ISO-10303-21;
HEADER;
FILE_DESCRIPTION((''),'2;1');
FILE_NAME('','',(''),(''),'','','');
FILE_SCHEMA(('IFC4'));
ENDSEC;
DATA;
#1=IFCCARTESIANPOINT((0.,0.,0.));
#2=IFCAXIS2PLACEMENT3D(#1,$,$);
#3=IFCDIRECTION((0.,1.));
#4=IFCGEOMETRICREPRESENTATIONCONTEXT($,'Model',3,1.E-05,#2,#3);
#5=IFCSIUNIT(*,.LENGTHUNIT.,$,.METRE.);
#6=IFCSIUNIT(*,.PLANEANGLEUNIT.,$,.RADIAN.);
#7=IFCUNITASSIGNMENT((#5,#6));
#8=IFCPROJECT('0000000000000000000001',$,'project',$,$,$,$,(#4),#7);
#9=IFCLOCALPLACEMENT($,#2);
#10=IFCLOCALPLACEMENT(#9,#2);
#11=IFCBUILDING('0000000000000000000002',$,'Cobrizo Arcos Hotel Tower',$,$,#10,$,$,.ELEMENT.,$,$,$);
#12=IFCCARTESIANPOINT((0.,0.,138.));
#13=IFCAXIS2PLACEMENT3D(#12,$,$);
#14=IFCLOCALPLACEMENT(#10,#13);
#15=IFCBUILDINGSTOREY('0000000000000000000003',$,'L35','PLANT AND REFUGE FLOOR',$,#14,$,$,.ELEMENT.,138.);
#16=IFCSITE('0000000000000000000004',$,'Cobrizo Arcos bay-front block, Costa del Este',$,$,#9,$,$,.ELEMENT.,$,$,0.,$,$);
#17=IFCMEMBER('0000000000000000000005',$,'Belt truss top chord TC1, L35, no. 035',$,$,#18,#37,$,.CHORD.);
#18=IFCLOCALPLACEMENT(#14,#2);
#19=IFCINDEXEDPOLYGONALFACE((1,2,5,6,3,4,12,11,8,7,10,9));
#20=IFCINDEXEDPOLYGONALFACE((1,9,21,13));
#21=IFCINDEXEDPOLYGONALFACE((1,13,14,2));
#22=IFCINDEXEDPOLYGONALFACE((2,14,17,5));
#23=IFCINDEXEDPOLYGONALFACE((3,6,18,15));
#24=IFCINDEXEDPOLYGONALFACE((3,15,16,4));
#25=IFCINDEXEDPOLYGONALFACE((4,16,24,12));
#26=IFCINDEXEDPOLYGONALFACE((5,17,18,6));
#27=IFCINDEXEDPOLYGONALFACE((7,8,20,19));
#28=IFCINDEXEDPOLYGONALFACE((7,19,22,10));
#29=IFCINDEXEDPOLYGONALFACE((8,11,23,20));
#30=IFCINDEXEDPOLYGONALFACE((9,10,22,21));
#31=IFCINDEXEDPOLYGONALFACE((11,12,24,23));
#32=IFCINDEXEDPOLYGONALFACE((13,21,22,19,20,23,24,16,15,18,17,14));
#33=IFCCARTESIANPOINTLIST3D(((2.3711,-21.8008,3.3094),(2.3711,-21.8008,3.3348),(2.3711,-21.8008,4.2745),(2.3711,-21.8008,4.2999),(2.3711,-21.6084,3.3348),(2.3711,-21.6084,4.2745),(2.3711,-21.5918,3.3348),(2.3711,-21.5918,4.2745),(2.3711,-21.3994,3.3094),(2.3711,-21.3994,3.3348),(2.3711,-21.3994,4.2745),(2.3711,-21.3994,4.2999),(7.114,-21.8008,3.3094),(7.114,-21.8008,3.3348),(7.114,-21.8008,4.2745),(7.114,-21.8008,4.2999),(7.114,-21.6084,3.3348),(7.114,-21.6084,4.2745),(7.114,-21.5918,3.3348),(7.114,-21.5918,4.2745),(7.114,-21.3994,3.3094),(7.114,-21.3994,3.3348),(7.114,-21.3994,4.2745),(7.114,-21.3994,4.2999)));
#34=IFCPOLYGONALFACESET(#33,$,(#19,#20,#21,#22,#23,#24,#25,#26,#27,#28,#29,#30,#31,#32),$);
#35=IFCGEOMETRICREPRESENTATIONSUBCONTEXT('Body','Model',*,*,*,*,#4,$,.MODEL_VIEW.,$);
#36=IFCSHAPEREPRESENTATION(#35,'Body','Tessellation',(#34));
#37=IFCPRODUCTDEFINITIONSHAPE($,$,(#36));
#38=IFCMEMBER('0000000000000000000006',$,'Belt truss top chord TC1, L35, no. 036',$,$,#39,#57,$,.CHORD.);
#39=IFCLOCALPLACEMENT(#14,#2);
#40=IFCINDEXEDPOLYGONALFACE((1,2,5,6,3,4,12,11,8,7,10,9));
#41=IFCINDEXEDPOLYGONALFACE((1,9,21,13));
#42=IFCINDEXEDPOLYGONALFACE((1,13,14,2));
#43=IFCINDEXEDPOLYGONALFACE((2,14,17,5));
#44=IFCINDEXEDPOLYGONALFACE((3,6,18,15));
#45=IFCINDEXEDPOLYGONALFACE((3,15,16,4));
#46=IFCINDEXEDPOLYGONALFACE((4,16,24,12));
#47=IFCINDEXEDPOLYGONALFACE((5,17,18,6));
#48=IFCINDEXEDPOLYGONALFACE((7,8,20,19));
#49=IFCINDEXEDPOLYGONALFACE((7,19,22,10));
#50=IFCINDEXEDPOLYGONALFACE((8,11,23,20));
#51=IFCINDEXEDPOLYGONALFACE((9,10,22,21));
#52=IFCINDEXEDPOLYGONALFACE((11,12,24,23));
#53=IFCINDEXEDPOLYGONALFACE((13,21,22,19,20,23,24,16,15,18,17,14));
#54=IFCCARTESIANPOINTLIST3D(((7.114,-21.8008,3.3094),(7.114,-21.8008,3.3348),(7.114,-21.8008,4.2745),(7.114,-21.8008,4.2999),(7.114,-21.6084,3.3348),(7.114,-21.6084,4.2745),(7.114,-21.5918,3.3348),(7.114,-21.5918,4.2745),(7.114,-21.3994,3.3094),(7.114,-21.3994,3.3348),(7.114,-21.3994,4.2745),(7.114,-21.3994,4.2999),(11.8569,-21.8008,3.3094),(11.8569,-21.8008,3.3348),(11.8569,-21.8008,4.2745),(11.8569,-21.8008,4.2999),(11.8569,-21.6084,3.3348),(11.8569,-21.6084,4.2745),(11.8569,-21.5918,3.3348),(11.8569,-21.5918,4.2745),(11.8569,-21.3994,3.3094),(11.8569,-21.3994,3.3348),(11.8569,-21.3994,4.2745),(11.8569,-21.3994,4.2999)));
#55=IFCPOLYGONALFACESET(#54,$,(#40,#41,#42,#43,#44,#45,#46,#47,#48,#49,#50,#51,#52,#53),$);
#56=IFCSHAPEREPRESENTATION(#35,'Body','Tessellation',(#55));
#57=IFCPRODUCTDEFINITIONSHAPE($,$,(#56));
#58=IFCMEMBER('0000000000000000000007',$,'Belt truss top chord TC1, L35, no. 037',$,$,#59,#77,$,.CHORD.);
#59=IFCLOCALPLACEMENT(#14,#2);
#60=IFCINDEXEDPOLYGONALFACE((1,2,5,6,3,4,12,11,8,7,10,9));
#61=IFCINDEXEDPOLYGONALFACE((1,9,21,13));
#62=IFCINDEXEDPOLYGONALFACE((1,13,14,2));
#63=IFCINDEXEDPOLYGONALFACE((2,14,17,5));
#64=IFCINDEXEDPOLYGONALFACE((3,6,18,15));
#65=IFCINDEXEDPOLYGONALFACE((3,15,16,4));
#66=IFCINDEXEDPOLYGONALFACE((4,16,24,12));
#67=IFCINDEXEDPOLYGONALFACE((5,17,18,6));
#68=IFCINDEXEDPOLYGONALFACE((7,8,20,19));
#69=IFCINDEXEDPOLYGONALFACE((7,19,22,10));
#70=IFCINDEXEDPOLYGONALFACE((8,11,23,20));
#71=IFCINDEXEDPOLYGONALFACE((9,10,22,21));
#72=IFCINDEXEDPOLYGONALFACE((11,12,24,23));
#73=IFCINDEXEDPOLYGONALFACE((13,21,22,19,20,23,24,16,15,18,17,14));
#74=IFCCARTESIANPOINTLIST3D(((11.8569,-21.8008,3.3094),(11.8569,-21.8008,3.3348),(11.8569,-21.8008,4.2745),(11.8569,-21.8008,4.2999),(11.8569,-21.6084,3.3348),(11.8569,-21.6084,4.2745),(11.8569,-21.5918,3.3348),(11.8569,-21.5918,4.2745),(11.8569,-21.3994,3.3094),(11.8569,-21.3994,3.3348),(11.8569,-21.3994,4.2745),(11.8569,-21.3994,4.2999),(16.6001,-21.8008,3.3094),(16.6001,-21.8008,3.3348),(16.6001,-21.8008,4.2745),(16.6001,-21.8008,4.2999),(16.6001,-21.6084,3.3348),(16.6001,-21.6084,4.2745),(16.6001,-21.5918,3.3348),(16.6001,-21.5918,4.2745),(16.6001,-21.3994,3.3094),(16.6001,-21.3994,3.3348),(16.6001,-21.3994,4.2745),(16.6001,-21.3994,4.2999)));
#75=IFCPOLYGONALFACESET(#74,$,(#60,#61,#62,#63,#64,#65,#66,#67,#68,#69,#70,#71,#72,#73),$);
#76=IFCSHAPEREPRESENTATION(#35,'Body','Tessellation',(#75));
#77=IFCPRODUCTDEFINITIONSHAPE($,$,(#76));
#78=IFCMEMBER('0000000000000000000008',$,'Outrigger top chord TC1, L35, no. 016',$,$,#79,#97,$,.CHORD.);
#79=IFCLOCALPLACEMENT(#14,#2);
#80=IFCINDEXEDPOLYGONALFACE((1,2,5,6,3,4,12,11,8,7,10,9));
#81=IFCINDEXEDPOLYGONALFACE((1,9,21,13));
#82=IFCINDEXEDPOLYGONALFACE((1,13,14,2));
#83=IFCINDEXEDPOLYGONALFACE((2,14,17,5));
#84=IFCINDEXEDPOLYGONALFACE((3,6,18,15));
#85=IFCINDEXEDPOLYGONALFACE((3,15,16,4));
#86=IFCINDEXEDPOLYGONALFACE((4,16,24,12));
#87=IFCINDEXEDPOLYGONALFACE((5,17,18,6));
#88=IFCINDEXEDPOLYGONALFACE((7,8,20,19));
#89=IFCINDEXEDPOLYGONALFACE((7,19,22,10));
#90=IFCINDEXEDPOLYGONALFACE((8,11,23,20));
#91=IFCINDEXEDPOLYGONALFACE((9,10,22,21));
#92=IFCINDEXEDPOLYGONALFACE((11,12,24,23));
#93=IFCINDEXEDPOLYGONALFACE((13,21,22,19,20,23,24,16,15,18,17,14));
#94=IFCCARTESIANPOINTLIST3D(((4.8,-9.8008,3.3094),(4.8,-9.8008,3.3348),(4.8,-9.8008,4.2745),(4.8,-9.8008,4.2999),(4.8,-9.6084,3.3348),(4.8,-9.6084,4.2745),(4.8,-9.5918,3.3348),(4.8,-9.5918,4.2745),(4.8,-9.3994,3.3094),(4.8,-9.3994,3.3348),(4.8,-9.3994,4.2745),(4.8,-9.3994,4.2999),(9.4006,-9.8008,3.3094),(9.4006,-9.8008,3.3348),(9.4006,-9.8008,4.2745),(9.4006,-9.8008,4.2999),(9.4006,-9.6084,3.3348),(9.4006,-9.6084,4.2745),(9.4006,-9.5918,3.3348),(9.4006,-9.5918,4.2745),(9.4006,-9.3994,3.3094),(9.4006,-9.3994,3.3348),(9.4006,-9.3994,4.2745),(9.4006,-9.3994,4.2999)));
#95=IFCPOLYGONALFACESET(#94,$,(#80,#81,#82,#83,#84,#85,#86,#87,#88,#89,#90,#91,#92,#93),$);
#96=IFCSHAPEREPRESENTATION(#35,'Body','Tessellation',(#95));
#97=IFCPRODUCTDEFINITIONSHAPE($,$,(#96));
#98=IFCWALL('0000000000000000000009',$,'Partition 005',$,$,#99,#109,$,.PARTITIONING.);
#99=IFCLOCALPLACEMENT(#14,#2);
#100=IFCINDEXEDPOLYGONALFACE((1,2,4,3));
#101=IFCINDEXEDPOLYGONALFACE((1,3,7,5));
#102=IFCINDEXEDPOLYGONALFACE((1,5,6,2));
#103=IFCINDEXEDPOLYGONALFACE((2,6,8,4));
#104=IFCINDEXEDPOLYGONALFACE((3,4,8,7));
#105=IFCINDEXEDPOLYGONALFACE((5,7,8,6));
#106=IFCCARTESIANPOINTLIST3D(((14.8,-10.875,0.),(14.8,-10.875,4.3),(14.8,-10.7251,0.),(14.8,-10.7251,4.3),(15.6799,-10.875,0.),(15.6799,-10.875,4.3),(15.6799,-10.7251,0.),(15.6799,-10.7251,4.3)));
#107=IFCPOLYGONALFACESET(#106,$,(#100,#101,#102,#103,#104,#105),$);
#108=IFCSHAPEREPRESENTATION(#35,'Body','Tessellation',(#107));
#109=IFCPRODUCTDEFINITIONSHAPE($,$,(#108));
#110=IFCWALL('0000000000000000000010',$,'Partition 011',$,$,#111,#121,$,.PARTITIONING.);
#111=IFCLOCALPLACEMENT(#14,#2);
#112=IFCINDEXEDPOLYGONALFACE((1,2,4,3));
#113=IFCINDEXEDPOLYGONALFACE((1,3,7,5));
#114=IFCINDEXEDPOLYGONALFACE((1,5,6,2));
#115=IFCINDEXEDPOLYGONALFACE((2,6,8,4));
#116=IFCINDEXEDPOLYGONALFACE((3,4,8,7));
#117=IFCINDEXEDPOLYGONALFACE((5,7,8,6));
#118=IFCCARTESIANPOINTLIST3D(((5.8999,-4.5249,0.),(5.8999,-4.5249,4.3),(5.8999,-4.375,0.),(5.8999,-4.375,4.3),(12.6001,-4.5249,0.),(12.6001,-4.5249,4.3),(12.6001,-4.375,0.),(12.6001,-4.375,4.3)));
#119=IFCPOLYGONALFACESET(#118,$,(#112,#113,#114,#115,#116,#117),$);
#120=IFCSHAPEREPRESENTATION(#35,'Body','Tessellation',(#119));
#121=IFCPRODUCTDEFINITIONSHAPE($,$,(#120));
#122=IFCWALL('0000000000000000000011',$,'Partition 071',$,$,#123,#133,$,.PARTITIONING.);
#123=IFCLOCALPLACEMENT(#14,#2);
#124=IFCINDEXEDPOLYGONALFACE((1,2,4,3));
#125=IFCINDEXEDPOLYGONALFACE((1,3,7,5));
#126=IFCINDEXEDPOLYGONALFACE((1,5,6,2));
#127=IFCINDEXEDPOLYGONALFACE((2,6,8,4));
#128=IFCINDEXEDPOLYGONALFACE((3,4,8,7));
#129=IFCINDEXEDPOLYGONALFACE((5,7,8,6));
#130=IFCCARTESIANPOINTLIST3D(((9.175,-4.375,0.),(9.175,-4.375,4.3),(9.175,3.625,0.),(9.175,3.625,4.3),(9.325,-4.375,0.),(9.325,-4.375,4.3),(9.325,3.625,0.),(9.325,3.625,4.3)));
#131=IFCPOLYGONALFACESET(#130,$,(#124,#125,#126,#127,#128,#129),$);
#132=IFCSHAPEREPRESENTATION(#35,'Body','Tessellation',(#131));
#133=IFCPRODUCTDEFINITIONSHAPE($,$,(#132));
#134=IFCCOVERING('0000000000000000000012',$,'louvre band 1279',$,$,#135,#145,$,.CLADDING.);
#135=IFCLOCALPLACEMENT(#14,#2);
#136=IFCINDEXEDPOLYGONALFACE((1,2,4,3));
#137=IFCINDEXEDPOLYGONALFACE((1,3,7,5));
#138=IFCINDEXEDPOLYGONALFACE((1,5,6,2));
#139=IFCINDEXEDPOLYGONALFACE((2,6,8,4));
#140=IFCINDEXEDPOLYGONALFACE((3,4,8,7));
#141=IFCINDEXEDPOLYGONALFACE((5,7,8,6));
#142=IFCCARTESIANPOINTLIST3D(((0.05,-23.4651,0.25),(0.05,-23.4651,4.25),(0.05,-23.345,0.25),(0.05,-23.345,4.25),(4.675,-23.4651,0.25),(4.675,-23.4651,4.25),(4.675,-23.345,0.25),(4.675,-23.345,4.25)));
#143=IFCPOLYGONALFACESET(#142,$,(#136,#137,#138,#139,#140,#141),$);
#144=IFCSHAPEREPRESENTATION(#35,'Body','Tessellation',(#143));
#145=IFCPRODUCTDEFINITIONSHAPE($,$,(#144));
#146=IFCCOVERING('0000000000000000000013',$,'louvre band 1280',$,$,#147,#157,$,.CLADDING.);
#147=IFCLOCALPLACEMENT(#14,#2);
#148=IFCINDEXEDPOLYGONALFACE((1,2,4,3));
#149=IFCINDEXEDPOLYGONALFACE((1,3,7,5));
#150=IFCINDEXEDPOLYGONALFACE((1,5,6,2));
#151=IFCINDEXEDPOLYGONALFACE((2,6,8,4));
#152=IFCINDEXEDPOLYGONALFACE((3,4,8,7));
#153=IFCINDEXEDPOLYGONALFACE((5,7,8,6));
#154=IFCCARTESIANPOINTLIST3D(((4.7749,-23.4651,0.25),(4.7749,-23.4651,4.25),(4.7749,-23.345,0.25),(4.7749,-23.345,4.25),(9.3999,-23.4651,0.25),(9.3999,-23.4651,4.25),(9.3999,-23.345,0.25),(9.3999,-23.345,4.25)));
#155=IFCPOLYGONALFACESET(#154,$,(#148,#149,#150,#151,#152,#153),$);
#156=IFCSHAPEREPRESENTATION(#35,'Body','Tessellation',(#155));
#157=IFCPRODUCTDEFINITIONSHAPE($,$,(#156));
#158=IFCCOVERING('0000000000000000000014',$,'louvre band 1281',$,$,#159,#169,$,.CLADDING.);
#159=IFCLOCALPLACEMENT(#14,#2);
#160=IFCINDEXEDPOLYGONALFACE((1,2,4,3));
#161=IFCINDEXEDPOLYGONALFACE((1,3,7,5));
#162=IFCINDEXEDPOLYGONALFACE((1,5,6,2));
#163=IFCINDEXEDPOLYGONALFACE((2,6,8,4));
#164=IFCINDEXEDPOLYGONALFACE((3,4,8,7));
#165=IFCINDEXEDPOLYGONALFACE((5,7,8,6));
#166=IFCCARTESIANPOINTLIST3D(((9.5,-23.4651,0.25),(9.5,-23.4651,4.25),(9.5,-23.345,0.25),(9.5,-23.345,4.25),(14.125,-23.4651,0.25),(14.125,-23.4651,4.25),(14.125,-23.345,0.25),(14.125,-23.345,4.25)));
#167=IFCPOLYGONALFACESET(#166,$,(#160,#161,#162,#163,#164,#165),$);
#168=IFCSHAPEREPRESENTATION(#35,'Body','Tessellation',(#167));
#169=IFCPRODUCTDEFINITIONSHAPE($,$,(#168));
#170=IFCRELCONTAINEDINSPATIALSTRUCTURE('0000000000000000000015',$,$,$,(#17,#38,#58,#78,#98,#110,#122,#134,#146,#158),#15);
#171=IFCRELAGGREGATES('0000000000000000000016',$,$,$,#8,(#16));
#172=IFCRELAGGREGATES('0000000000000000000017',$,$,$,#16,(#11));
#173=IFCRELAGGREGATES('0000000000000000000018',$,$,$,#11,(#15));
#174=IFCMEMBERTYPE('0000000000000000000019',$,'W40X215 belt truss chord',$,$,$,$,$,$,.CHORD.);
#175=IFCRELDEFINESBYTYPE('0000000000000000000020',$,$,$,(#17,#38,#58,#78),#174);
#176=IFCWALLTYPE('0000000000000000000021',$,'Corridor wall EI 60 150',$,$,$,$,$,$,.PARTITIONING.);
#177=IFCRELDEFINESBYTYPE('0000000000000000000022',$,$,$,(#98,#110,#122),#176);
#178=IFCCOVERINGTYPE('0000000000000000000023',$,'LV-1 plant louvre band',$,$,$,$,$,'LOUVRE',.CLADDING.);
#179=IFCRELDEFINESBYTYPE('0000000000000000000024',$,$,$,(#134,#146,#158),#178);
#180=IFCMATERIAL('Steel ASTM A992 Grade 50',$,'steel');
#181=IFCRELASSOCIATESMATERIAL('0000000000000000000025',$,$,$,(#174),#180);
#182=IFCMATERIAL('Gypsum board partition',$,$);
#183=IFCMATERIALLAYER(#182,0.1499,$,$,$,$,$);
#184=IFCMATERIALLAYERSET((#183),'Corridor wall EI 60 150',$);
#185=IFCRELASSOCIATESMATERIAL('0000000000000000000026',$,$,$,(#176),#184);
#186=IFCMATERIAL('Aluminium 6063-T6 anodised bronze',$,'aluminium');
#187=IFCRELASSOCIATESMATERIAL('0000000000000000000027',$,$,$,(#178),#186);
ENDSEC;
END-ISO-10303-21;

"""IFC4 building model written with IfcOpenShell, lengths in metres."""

from ifc_helpers import new_model, si_unit, direction, frame, frame_2d, origin, origin_2d, place, context, subcontext, project, spatial, rectangle, i_section, extrude, material, layer, layer_set, material_profile, profile_set, type_object, element, save


model = new_model("IFC4")

# Units and contexts
model_context = context("Model", 3, precision=1e-05, world=origin(), true_north=direction((0.0, 1.0)))
body_context = subcontext(model_context, "Body", "Model", "MODEL_VIEW")
ifc_project = project(units=[si_unit("LENGTHUNIT", "METRE"), si_unit("PLANEANGLEUNIT", "RADIAN")], contexts=[model_context])

# Site, building, storey
site_placement = place(None, origin())
site = spatial("IfcSite", under=ifc_project, at=site_placement, Name="Cobrizo Arcos bay-front block, Costa del Este", CompositionType="ELEMENT", RefElevation=0.0)
building_placement = place(site_placement, origin())
building = spatial("IfcBuilding", under=site, at=building_placement, Name="Cobrizo Arcos Hotel Tower", CompositionType="ELEMENT")
storey_placement = place(building_placement, frame((0.0, 0.0, 138.0)))
storey = spatial("IfcBuildingStorey", under=building, at=storey_placement, Name="L35", Description="PLANT AND REFUGE FLOOR", CompositionType="ELEMENT", Elevation=138.0)

# Shared definitions
ifc_material_1 = material(Name="Aluminium 6063-T6 anodised bronze", Category="aluminium")

# Members
ifc_material_2 = material(Name="Steel ASTM A992 Grade 50", Category="steel")
ifc_material_profile_1 = material_profile(ifc_material_2, i_section(OverallWidth=0.4014, OverallDepth=0.9905, WebThickness=0.0166, FlangeThickness=0.0254, at=origin_2d()), Name="W40X215")
ifc_profile_set_1 = profile_set([ifc_material_profile_1], Name="Steel ASTM A992 Grade 50")
member_type_1 = type_object("IfcMemberType", Name="W40X215 belt truss chord", PredefinedType="CHORD", material=ifc_profile_set_1)
for number, where, z_axis, x_axis, name in (
    (1, (2.3711, -21.6001, 3.8047), (1.0, 0.0, 0.0), (0.0, 1.0, 0.0), "Belt truss top chord TC1, L35, no. 035"),
    (2, (7.114, -21.6001, 3.8047), (1.0, 0.0, 0.0), (0.0, 1.0, 0.0), "Belt truss top chord TC1, L35, no. 036"),
):
    element("IfcMember", number, at=place(storey_placement, frame(where, z_axis=z_axis, x_axis=x_axis)), inside=storey, type_object=member_type_1, Name=name, PredefinedType="CHORD", context=body_context, shape_type="SweptSolid", body=[
        extrude(i_section(OverallWidth=0.4014, OverallDepth=0.9905, WebThickness=0.0166, FlangeThickness=0.0254, at=origin_2d()), origin(), (0.0, 0.0, 1.0), 4.7429),
    ])
member_1_placement = place(storey_placement, frame((11.8569, -21.6001, 3.8047), z_axis=(1.0, 0.0, 0.0), x_axis=(0.0, 1.0, 0.0)))
element("IfcMember", 3, at=member_1_placement, inside=storey, type_object=member_type_1, Name="Belt truss top chord TC1, L35, no. 037", PredefinedType="CHORD", context=body_context, shape_type="SweptSolid", body=[
    extrude(i_section(OverallWidth=0.4014, OverallDepth=0.9905, WebThickness=0.0166, FlangeThickness=0.0254, at=origin_2d()), origin(), (0.0, 0.0, 1.0), 4.7432),
])
member_2_placement = place(storey_placement, frame((4.8, -9.6001, 3.8047), z_axis=(1.0, 0.0, 0.0), x_axis=(0.0, 1.0, 0.0)))
element("IfcMember", 4, at=member_2_placement, inside=storey, type_object=member_type_1, Name="Outrigger top chord TC1, L35, no. 016", PredefinedType="CHORD", context=body_context, shape_type="SweptSolid", body=[
    extrude(i_section(OverallWidth=0.4014, OverallDepth=0.9905, WebThickness=0.0166, FlangeThickness=0.0254, at=origin_2d()), origin(), (0.0, 0.0, 1.0), 4.6006),
])

# Walls
ifc_material_3 = material(Name="Gypsum board partition")
ifc_layer = layer(ifc_material_3, 0.1499)
ifc_layer_set = layer_set([ifc_layer], Name="Corridor wall EI 60 150")
wall_type = type_object("IfcWallType", Name="Corridor wall EI 60 150", PredefinedType="PARTITIONING", material=ifc_layer_set)
wall_1_placement = place(storey_placement, frame((14.8, -10.8, 0.0), z_axis=(0.0, 0.0, 1.0), x_axis=(1.0, 0.0, 0.0)))
element("IfcWall", 5, at=wall_1_placement, inside=storey, type_object=wall_type, Name="Partition 005", PredefinedType="PARTITIONING", context=body_context, shape_type="SweptSolid", body=[
    extrude(rectangle(XDim=0.8799, YDim=0.1499, at=frame_2d((0.4399, 0.0))), origin(), (0.0, 0.0, 1.0), 4.3),
])
wall_2_placement = place(storey_placement, frame((5.8999, -4.45, 0.0), z_axis=(0.0, 0.0, 1.0), x_axis=(1.0, 0.0, 0.0)))
element("IfcWall", 6, at=wall_2_placement, inside=storey, type_object=wall_type, Name="Partition 011", PredefinedType="PARTITIONING", context=body_context, shape_type="SweptSolid", body=[
    extrude(rectangle(XDim=6.7002, YDim=0.1499, at=frame_2d((3.3501, 0.0))), origin(), (0.0, 0.0, 1.0), 4.3),
])
wall_3_placement = place(storey_placement, frame((9.25, -4.375, 0.0), z_axis=(0.0, 0.0, 1.0), x_axis=(0.0, 1.0, 0.0)))
element("IfcWall", 7, at=wall_3_placement, inside=storey, type_object=wall_type, Name="Partition 071", PredefinedType="PARTITIONING", context=body_context, shape_type="SweptSolid", body=[
    extrude(rectangle(XDim=8.0, YDim=0.1499, at=frame_2d((4.0, 0.0))), origin(), (0.0, 0.0, 1.0), 4.3),
])

# Coverings
covering_type = type_object("IfcCoveringType", Name="LV-1 plant louvre band", ElementType="LOUVRE", PredefinedType="CLADDING", material=ifc_material_1)
for number, where, z_axis, x_axis, name in (
    (8, (2.3625, -23.405, 0.25), (0.0, 0.0, 1.0), (1.0, 0.0, 0.0), "louvre band 1279"),
    (9, (7.0874, -23.405, 0.25), (0.0, 0.0, 1.0), (1.0, 0.0, 0.0), "louvre band 1280"),
    (10, (11.8125, -23.405, 0.25), (0.0, 0.0, 1.0), (1.0, 0.0, 0.0), "louvre band 1281"),
):
    element("IfcCovering", number, at=place(storey_placement, frame(where, z_axis=z_axis, x_axis=x_axis)), inside=storey, type_object=covering_type, Name=name, PredefinedType="CLADDING", context=body_context, shape_type="SweptSolid", body=[
        extrude(rectangle(XDim=4.625, YDim=0.1201, at=origin_2d()), origin(), (0.0, 0.0, 1.0), 4.0),
    ])

save(model, "model.ifc")
